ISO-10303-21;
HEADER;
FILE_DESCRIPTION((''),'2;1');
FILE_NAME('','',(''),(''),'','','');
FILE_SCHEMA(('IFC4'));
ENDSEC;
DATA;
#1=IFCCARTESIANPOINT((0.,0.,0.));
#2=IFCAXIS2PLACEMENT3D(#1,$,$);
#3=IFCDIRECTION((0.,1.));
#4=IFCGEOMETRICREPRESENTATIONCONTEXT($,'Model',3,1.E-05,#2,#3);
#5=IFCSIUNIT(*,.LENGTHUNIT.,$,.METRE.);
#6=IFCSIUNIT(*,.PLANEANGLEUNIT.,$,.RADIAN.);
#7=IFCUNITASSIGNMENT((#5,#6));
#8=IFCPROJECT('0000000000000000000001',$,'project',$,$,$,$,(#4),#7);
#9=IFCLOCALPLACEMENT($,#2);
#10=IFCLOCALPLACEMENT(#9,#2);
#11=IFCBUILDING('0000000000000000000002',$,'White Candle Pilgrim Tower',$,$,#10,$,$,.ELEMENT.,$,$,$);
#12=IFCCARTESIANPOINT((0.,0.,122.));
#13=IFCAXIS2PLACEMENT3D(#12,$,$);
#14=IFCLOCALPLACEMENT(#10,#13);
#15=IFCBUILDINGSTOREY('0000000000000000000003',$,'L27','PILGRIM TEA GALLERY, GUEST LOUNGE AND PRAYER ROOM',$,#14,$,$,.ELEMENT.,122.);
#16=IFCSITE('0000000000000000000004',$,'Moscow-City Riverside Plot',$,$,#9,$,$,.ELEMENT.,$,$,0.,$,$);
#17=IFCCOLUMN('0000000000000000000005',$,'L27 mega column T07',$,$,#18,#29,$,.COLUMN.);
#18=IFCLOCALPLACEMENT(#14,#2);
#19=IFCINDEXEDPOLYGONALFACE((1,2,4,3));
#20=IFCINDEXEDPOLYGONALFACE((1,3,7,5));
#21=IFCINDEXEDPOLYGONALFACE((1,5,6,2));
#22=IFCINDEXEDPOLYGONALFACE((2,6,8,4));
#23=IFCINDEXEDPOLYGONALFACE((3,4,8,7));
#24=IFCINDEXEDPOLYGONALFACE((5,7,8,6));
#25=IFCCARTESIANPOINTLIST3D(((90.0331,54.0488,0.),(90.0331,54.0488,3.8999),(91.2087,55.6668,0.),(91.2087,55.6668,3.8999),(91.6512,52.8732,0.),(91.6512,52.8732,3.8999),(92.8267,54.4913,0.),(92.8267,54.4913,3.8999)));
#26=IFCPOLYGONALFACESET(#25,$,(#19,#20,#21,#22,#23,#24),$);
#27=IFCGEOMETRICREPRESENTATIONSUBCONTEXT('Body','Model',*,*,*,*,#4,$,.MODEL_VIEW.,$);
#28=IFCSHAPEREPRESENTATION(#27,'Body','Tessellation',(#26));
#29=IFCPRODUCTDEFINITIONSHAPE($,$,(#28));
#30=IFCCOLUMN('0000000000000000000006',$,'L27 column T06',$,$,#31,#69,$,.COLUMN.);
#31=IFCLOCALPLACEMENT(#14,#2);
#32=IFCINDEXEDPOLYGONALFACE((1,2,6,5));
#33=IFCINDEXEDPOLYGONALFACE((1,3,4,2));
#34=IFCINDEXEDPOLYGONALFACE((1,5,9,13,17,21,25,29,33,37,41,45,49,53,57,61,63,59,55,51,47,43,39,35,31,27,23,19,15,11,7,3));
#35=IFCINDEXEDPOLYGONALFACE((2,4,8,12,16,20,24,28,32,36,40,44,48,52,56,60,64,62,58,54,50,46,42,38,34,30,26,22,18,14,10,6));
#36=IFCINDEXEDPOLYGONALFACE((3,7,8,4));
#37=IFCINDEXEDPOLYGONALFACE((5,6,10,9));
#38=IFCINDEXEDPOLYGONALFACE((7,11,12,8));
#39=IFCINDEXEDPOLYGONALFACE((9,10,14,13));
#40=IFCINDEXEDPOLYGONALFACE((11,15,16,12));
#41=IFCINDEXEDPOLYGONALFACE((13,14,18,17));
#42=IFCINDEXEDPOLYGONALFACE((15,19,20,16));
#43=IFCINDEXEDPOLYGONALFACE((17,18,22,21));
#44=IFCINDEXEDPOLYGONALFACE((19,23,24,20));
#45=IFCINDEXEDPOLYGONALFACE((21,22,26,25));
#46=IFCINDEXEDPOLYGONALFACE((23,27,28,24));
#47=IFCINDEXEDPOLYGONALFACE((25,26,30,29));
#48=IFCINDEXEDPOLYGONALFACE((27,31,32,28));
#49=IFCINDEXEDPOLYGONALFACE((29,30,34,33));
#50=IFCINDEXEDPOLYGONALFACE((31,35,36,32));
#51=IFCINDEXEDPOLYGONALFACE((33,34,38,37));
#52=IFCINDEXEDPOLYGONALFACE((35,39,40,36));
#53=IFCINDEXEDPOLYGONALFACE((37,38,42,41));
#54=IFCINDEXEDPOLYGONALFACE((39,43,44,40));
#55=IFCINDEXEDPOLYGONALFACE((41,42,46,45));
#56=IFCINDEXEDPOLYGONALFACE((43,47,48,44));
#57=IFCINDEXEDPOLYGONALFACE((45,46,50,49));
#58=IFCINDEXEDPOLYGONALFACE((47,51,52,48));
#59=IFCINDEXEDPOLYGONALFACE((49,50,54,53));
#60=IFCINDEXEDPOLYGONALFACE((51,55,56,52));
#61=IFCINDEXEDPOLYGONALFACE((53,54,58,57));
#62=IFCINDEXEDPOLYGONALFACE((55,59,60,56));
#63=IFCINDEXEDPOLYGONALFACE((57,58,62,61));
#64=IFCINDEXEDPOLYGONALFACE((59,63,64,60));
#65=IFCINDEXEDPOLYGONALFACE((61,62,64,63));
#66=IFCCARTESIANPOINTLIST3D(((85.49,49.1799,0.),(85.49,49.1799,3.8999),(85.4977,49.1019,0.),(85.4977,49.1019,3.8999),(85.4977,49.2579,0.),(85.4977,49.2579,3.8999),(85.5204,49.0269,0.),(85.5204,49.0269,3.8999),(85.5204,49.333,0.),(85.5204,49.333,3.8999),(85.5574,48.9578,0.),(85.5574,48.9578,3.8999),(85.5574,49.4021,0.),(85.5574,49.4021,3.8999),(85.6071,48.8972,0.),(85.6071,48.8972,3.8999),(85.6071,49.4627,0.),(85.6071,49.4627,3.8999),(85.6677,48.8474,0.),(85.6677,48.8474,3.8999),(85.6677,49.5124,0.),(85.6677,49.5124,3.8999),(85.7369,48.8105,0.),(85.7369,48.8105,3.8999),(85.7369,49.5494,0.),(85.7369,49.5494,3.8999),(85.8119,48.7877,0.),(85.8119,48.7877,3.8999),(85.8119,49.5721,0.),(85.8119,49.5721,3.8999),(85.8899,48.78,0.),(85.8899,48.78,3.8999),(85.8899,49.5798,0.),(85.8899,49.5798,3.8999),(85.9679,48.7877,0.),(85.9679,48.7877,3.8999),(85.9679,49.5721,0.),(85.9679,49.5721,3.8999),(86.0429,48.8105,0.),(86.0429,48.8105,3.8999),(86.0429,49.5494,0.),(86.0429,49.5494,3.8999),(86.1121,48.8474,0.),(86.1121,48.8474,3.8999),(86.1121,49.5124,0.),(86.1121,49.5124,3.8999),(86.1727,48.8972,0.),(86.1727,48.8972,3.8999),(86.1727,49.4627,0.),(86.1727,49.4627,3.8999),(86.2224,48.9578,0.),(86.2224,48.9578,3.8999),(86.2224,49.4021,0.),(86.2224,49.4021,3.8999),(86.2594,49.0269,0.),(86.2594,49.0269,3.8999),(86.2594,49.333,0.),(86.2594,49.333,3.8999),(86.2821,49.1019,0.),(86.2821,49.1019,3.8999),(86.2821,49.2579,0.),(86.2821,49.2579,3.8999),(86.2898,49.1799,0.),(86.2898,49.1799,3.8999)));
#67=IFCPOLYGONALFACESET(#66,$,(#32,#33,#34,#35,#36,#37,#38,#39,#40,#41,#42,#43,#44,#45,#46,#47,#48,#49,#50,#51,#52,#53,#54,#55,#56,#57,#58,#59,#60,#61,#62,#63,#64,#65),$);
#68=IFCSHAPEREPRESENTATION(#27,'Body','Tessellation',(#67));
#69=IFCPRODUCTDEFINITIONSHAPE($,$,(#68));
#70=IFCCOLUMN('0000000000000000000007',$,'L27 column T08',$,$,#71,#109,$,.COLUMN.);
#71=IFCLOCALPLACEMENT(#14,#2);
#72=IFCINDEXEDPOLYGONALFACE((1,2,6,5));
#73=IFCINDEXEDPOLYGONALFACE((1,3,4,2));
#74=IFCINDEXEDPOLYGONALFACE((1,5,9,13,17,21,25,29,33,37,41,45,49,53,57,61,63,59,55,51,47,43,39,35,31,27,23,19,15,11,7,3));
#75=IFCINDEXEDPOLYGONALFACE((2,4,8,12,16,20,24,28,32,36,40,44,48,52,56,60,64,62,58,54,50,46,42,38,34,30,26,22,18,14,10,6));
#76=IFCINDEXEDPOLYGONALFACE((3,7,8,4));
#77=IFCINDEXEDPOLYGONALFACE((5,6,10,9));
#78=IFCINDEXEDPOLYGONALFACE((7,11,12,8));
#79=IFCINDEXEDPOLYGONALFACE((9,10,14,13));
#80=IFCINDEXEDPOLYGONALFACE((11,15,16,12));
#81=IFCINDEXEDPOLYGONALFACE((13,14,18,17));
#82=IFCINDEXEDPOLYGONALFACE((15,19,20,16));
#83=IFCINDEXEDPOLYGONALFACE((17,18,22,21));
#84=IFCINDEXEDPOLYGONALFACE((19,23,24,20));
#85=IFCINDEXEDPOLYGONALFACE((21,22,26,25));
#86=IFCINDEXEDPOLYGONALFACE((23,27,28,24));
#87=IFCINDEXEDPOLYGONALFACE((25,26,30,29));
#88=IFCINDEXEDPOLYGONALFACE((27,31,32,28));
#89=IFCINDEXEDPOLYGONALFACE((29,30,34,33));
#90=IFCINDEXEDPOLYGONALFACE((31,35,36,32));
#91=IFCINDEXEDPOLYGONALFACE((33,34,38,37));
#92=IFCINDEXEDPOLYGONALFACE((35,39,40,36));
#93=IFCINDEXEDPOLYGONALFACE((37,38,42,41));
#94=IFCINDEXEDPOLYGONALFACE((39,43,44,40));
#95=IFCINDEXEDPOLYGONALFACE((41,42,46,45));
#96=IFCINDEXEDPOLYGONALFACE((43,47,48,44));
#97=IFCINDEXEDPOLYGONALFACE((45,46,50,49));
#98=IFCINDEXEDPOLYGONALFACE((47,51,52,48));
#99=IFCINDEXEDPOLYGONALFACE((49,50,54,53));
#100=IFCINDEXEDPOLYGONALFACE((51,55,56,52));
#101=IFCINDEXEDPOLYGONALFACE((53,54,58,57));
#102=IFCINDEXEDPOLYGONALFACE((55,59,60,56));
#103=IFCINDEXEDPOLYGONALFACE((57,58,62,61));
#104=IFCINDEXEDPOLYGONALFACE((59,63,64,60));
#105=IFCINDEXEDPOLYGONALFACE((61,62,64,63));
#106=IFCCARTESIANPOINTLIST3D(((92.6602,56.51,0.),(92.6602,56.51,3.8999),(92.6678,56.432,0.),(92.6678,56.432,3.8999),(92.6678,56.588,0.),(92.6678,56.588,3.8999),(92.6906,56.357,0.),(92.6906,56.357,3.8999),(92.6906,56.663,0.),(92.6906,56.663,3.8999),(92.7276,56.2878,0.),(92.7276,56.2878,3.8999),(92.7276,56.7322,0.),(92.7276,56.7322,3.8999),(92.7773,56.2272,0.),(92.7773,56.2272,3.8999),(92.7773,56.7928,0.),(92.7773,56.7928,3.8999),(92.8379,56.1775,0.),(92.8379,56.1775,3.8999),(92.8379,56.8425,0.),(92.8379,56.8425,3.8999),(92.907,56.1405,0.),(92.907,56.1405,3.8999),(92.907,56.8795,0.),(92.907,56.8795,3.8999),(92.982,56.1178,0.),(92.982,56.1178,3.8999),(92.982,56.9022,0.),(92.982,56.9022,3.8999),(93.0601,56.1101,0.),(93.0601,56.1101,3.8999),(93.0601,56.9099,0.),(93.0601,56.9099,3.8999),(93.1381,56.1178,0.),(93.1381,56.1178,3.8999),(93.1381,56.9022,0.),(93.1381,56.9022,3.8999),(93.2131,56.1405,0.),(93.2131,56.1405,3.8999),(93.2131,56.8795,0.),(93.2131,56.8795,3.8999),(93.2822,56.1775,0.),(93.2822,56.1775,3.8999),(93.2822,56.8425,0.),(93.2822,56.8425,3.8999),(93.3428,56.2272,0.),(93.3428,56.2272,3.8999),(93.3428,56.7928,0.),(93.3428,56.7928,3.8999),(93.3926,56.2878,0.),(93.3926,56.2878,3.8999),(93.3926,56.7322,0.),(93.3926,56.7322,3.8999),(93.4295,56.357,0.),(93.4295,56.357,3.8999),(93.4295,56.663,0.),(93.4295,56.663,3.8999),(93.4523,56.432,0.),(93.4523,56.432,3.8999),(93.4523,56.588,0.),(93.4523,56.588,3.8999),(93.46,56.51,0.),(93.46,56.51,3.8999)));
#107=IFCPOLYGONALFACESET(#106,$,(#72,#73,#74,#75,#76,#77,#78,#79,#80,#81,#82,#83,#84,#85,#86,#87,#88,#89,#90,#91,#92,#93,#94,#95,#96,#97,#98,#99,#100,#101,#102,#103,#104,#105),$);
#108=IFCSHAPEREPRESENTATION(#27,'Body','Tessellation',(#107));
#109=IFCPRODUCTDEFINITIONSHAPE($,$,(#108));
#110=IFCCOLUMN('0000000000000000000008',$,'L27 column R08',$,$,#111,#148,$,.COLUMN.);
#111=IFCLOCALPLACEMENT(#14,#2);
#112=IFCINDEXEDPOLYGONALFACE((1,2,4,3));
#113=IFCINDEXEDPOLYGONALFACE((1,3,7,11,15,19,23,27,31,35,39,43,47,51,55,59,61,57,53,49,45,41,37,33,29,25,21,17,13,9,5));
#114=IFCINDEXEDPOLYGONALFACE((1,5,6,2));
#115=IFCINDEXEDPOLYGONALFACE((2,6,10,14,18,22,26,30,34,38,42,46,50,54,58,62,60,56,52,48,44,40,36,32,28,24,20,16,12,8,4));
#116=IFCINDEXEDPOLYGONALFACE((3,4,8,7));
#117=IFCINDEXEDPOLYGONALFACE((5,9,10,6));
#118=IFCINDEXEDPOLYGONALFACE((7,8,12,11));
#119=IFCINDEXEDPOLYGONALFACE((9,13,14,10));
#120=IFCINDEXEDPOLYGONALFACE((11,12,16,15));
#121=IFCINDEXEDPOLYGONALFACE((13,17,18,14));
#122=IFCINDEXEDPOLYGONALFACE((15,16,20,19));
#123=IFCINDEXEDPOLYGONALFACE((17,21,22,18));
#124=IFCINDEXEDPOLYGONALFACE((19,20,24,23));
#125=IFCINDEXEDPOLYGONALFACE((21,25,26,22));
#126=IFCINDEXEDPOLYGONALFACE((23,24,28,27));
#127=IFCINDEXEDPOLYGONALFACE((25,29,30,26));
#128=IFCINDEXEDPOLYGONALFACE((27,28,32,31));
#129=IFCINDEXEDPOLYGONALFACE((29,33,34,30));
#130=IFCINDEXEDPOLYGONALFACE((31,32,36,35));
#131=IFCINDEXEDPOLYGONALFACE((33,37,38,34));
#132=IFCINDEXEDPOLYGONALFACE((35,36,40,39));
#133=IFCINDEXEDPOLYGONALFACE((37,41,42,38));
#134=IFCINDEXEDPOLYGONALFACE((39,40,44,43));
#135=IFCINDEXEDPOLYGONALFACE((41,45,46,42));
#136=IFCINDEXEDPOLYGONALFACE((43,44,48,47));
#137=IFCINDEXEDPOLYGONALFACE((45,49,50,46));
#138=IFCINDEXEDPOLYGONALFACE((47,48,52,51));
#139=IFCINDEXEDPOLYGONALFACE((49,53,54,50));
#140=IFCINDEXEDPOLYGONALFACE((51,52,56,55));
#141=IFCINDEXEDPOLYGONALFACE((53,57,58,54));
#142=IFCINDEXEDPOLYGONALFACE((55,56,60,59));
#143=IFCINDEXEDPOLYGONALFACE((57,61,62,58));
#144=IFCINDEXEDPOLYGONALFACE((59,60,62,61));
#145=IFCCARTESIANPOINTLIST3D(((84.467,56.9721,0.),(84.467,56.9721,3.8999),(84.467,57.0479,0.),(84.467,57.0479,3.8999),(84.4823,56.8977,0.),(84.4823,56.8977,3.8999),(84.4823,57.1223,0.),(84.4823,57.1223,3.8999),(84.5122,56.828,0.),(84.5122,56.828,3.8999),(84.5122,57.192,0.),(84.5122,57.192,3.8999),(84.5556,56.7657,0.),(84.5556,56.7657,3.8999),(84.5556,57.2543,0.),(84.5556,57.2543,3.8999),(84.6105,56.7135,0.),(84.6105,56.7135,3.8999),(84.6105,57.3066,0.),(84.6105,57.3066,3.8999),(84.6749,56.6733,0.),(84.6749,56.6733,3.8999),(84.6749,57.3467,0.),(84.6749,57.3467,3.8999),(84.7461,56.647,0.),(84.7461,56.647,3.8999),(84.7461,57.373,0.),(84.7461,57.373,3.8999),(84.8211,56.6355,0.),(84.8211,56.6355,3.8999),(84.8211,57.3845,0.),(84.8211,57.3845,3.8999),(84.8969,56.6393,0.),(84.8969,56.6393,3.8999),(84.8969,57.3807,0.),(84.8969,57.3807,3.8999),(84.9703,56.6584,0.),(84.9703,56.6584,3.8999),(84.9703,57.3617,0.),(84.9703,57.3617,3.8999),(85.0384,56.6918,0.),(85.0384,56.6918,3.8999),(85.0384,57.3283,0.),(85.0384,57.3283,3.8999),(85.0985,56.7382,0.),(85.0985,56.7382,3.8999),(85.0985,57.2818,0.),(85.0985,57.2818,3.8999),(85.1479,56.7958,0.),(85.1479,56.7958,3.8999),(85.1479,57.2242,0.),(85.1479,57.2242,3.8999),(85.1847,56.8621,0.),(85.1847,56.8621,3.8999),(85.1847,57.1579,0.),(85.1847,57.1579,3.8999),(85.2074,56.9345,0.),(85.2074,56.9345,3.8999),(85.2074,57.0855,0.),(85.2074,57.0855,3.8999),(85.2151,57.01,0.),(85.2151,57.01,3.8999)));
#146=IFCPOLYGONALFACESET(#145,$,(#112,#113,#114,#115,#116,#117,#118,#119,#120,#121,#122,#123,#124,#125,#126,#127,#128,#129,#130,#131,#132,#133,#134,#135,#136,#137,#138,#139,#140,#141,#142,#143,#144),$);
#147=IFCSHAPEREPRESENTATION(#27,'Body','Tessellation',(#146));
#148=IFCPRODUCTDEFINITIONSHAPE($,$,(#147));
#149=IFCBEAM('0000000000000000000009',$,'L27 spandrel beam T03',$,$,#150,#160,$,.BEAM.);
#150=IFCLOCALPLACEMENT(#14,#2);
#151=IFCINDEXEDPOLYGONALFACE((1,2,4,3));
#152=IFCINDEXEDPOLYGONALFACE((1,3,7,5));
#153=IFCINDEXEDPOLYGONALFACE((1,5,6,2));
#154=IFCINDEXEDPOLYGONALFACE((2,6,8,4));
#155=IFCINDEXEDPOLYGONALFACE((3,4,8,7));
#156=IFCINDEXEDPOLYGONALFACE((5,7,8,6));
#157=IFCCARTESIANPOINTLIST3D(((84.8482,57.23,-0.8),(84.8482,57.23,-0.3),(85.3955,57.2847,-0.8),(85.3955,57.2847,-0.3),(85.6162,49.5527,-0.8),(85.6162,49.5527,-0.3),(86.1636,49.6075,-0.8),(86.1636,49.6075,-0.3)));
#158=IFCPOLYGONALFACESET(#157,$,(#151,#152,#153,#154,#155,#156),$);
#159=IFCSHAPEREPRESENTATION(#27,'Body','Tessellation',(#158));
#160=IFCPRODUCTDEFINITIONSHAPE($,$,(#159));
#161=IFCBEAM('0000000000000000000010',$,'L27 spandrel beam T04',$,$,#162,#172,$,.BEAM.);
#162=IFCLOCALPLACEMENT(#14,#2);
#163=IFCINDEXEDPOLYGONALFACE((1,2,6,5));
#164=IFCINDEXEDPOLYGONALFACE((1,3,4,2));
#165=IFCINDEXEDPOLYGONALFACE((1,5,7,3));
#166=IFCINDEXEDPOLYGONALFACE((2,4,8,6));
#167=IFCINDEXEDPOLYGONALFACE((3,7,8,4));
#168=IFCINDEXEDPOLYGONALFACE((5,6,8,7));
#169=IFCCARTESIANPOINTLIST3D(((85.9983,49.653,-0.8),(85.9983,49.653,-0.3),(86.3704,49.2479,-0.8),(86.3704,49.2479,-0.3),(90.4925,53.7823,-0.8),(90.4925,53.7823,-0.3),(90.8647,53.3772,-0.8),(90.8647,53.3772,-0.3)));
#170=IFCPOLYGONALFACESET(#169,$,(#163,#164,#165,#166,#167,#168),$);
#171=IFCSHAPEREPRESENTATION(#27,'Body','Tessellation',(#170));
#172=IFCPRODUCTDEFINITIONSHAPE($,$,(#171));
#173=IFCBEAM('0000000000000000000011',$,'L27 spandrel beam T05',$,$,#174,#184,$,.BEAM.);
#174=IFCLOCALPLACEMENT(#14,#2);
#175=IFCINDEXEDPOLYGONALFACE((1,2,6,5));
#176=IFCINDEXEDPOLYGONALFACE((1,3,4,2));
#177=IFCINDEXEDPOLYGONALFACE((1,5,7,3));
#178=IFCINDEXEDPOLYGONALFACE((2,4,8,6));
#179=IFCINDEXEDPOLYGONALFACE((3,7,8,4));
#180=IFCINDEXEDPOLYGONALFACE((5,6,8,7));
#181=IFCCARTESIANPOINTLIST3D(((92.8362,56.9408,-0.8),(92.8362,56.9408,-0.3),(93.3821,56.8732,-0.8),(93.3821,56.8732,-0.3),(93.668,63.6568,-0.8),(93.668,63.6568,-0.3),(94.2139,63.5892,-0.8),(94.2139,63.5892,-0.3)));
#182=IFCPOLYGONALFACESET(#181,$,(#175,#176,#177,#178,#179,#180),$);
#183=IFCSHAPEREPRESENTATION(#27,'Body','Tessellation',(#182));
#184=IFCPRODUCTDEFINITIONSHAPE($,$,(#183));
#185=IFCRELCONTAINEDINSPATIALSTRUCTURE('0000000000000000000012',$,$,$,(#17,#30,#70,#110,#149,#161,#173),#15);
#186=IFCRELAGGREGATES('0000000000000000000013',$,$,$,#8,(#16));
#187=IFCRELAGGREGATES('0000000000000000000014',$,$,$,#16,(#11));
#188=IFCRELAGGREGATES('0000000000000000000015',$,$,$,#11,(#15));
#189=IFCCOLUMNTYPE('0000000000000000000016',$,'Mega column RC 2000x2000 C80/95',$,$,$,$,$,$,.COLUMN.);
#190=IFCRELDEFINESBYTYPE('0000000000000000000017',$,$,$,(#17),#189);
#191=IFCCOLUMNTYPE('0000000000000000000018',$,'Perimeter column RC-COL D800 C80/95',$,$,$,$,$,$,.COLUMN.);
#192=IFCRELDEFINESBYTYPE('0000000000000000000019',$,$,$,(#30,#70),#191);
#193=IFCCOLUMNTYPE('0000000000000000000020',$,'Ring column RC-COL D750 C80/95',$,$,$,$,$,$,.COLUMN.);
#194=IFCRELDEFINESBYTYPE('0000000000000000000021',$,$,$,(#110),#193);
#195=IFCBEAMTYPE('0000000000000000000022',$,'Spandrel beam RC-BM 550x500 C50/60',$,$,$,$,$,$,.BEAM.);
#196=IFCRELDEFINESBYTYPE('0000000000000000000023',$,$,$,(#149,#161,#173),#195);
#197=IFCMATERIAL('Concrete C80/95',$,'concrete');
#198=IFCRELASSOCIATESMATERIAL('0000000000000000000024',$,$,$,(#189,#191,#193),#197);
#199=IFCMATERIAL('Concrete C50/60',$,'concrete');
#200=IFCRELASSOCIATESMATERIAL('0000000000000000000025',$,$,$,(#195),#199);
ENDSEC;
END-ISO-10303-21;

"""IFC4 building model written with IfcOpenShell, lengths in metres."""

from ifc_helpers import new_model, si_unit, direction, frame, origin, origin_2d, place, context, subcontext, project, spatial, rectangle, circle, extrude, material, material_profile, profile_set, type_object, element, save


model = new_model("IFC4")

# Units and contexts
model_context = context("Model", 3, precision=1e-05, world=origin(), true_north=direction((0.0, 1.0)))
body_context = subcontext(model_context, "Body", "Model", "MODEL_VIEW")
ifc_project = project(units=[si_unit("LENGTHUNIT", "METRE"), si_unit("PLANEANGLEUNIT", "RADIAN")], contexts=[model_context])

# Site, building, storey
site_placement = place(None, origin())
site = spatial("IfcSite", under=ifc_project, at=site_placement, Name="Moscow-City Riverside Plot", CompositionType="ELEMENT", RefElevation=0.0)
building_placement = place(site_placement, origin())
building = spatial("IfcBuilding", under=site, at=building_placement, Name="White Candle Pilgrim Tower", CompositionType="ELEMENT")
storey_placement = place(building_placement, frame((0.0, 0.0, 122.0)))
storey = spatial("IfcBuildingStorey", under=building, at=storey_placement, Name="L27", Description="PILGRIM TEA GALLERY, GUEST LOUNGE AND PRAYER ROOM", CompositionType="ELEMENT", Elevation=122.0)

# Columns
ifc_material_1 = material(Name="Concrete C80/95", Category="concrete")
ifc_material_profile_1 = material_profile(ifc_material_1, rectangle(XDim=2.0, YDim=2.0, at=origin_2d()), Name="RC 2000x2000")
ifc_profile_set_1 = profile_set([ifc_material_profile_1], Name="Concrete C80/95")
column_type_1 = type_object("IfcColumnType", Name="Mega column RC 2000x2000 C80/95", PredefinedType="COLUMN", material=ifc_profile_set_1)
column_1_placement = place(storey_placement, frame((91.4299, 54.27, 0.0), z_axis=(0.0, 0.0, 1.0), x_axis=(0.809017, -0.587785, 0.0)))
element("IfcColumn", 1, at=column_1_placement, inside=storey, type_object=column_type_1, Name="L27 mega column T07", PredefinedType="COLUMN", context=body_context, shape_type="SweptSolid", body=[
    extrude(rectangle(XDim=2.0, YDim=2.0, at=origin_2d()), origin(), (0.0, 0.0, 1.0), 3.8999),
])
ifc_material_profile_2 = material_profile(ifc_material_1, circle(Radius=0.3999, at=origin_2d()), Name="RC-COL D800")
ifc_profile_set_2 = profile_set([ifc_material_profile_2], Name="Concrete C80/95")
column_type_2 = type_object("IfcColumnType", Name="Perimeter column RC-COL D800 C80/95", PredefinedType="COLUMN", material=ifc_profile_set_2)
for number, where, z_axis, x_axis, name in (
    (2, (85.8899, 49.1799, 0.0), (0.0, 0.0, 1.0), (1.0, 0.0, 0.0), "L27 column T06"),
    (3, (93.0601, 56.51, 0.0), (0.0, 0.0, 1.0), (1.0, 0.0, 0.0), "L27 column T08"),
):
    element("IfcColumn", number, at=place(storey_placement, frame(where, z_axis=z_axis, x_axis=x_axis)), inside=storey, type_object=column_type_2, Name=name, PredefinedType="COLUMN", context=body_context, shape_type="SweptSolid", body=[
        extrude(circle(Radius=0.3999, at=origin_2d()), origin(), (0.0, 0.0, 1.0), 3.8999),
    ])
ifc_material_profile_3 = material_profile(ifc_material_1, circle(Radius=0.375, at=origin_2d()), Name="RC-COL D750")
ifc_profile_set_3 = profile_set([ifc_material_profile_3], Name="Concrete C80/95")
column_type_3 = type_object("IfcColumnType", Name="Ring column RC-COL D750 C80/95", PredefinedType="COLUMN", material=ifc_profile_set_3)
column_2_placement = place(storey_placement, frame((84.8401, 57.01, 0.0), z_axis=(0.0, 0.0, 1.0), x_axis=(1.0, 0.0, 0.0)))
element("IfcColumn", 4, at=column_2_placement, inside=storey, type_object=column_type_3, Name="L27 column R08", PredefinedType="COLUMN", context=body_context, shape_type="SweptSolid", body=[
    extrude(circle(Radius=0.375, at=origin_2d()), origin(), (0.0, 0.0, 1.0), 3.8999),
])

# Beams
ifc_material_2 = material(Name="Concrete C50/60", Category="concrete")
ifc_material_profile_4 = material_profile(ifc_material_2, rectangle(XDim=0.55, YDim=0.5, at=origin_2d()), Name="RC-BM 550x500")
ifc_profile_set_4 = profile_set([ifc_material_profile_4], Name="Concrete C50/60")
beam_type = type_object("IfcBeamType", Name="Spandrel beam RC-BM 550x500 C50/60", PredefinedType="BEAM", material=ifc_profile_set_4)
beam_1_placement = place(storey_placement, frame((85.8899, 49.5801, -0.55), z_axis=(-0.099548, 0.995033, 0.0), x_axis=(-0.995033, -0.099548, 0.0)))
element("IfcBeam", 5, at=beam_1_placement, inside=storey, type_object=beam_type, Name="L27 spandrel beam T03", PredefinedType="BEAM", context=body_context, shape_type="SweptSolid", body=[
    extrude(rectangle(XDim=0.55, YDim=0.5, at=origin_2d()), origin(), (0.0, 0.0, 1.0), 7.7156),
])
beam_2_placement = place(storey_placement, frame((86.1843, 49.4504, -0.55), z_axis=(0.736375, 0.676574, 0.0), x_axis=(-0.676574, 0.736375, 0.0)))
element("IfcBeam", 6, at=beam_2_placement, inside=storey, type_object=beam_type, Name="L27 spandrel beam T04", PredefinedType="BEAM", context=body_context, shape_type="SweptSolid", body=[
    extrude(rectangle(XDim=0.55, YDim=0.5, at=origin_2d()), origin(), (0.0, 0.0, 1.0), 6.1033),
])
beam_3_placement = place(storey_placement, frame((93.1091, 56.907, -0.55), z_axis=(0.122911, 0.992418, 0.0), x_axis=(-0.992418, 0.122911, 0.0)))
element("IfcBeam", 7, at=beam_3_placement, inside=storey, type_object=beam_type, Name="L27 spandrel beam T05", PredefinedType="BEAM", context=body_context, shape_type="SweptSolid", body=[
    extrude(rectangle(XDim=0.55, YDim=0.5, at=origin_2d()), origin(), (0.0, 0.0, 1.0), 6.7673),
])

save(model, "model.ifc")
